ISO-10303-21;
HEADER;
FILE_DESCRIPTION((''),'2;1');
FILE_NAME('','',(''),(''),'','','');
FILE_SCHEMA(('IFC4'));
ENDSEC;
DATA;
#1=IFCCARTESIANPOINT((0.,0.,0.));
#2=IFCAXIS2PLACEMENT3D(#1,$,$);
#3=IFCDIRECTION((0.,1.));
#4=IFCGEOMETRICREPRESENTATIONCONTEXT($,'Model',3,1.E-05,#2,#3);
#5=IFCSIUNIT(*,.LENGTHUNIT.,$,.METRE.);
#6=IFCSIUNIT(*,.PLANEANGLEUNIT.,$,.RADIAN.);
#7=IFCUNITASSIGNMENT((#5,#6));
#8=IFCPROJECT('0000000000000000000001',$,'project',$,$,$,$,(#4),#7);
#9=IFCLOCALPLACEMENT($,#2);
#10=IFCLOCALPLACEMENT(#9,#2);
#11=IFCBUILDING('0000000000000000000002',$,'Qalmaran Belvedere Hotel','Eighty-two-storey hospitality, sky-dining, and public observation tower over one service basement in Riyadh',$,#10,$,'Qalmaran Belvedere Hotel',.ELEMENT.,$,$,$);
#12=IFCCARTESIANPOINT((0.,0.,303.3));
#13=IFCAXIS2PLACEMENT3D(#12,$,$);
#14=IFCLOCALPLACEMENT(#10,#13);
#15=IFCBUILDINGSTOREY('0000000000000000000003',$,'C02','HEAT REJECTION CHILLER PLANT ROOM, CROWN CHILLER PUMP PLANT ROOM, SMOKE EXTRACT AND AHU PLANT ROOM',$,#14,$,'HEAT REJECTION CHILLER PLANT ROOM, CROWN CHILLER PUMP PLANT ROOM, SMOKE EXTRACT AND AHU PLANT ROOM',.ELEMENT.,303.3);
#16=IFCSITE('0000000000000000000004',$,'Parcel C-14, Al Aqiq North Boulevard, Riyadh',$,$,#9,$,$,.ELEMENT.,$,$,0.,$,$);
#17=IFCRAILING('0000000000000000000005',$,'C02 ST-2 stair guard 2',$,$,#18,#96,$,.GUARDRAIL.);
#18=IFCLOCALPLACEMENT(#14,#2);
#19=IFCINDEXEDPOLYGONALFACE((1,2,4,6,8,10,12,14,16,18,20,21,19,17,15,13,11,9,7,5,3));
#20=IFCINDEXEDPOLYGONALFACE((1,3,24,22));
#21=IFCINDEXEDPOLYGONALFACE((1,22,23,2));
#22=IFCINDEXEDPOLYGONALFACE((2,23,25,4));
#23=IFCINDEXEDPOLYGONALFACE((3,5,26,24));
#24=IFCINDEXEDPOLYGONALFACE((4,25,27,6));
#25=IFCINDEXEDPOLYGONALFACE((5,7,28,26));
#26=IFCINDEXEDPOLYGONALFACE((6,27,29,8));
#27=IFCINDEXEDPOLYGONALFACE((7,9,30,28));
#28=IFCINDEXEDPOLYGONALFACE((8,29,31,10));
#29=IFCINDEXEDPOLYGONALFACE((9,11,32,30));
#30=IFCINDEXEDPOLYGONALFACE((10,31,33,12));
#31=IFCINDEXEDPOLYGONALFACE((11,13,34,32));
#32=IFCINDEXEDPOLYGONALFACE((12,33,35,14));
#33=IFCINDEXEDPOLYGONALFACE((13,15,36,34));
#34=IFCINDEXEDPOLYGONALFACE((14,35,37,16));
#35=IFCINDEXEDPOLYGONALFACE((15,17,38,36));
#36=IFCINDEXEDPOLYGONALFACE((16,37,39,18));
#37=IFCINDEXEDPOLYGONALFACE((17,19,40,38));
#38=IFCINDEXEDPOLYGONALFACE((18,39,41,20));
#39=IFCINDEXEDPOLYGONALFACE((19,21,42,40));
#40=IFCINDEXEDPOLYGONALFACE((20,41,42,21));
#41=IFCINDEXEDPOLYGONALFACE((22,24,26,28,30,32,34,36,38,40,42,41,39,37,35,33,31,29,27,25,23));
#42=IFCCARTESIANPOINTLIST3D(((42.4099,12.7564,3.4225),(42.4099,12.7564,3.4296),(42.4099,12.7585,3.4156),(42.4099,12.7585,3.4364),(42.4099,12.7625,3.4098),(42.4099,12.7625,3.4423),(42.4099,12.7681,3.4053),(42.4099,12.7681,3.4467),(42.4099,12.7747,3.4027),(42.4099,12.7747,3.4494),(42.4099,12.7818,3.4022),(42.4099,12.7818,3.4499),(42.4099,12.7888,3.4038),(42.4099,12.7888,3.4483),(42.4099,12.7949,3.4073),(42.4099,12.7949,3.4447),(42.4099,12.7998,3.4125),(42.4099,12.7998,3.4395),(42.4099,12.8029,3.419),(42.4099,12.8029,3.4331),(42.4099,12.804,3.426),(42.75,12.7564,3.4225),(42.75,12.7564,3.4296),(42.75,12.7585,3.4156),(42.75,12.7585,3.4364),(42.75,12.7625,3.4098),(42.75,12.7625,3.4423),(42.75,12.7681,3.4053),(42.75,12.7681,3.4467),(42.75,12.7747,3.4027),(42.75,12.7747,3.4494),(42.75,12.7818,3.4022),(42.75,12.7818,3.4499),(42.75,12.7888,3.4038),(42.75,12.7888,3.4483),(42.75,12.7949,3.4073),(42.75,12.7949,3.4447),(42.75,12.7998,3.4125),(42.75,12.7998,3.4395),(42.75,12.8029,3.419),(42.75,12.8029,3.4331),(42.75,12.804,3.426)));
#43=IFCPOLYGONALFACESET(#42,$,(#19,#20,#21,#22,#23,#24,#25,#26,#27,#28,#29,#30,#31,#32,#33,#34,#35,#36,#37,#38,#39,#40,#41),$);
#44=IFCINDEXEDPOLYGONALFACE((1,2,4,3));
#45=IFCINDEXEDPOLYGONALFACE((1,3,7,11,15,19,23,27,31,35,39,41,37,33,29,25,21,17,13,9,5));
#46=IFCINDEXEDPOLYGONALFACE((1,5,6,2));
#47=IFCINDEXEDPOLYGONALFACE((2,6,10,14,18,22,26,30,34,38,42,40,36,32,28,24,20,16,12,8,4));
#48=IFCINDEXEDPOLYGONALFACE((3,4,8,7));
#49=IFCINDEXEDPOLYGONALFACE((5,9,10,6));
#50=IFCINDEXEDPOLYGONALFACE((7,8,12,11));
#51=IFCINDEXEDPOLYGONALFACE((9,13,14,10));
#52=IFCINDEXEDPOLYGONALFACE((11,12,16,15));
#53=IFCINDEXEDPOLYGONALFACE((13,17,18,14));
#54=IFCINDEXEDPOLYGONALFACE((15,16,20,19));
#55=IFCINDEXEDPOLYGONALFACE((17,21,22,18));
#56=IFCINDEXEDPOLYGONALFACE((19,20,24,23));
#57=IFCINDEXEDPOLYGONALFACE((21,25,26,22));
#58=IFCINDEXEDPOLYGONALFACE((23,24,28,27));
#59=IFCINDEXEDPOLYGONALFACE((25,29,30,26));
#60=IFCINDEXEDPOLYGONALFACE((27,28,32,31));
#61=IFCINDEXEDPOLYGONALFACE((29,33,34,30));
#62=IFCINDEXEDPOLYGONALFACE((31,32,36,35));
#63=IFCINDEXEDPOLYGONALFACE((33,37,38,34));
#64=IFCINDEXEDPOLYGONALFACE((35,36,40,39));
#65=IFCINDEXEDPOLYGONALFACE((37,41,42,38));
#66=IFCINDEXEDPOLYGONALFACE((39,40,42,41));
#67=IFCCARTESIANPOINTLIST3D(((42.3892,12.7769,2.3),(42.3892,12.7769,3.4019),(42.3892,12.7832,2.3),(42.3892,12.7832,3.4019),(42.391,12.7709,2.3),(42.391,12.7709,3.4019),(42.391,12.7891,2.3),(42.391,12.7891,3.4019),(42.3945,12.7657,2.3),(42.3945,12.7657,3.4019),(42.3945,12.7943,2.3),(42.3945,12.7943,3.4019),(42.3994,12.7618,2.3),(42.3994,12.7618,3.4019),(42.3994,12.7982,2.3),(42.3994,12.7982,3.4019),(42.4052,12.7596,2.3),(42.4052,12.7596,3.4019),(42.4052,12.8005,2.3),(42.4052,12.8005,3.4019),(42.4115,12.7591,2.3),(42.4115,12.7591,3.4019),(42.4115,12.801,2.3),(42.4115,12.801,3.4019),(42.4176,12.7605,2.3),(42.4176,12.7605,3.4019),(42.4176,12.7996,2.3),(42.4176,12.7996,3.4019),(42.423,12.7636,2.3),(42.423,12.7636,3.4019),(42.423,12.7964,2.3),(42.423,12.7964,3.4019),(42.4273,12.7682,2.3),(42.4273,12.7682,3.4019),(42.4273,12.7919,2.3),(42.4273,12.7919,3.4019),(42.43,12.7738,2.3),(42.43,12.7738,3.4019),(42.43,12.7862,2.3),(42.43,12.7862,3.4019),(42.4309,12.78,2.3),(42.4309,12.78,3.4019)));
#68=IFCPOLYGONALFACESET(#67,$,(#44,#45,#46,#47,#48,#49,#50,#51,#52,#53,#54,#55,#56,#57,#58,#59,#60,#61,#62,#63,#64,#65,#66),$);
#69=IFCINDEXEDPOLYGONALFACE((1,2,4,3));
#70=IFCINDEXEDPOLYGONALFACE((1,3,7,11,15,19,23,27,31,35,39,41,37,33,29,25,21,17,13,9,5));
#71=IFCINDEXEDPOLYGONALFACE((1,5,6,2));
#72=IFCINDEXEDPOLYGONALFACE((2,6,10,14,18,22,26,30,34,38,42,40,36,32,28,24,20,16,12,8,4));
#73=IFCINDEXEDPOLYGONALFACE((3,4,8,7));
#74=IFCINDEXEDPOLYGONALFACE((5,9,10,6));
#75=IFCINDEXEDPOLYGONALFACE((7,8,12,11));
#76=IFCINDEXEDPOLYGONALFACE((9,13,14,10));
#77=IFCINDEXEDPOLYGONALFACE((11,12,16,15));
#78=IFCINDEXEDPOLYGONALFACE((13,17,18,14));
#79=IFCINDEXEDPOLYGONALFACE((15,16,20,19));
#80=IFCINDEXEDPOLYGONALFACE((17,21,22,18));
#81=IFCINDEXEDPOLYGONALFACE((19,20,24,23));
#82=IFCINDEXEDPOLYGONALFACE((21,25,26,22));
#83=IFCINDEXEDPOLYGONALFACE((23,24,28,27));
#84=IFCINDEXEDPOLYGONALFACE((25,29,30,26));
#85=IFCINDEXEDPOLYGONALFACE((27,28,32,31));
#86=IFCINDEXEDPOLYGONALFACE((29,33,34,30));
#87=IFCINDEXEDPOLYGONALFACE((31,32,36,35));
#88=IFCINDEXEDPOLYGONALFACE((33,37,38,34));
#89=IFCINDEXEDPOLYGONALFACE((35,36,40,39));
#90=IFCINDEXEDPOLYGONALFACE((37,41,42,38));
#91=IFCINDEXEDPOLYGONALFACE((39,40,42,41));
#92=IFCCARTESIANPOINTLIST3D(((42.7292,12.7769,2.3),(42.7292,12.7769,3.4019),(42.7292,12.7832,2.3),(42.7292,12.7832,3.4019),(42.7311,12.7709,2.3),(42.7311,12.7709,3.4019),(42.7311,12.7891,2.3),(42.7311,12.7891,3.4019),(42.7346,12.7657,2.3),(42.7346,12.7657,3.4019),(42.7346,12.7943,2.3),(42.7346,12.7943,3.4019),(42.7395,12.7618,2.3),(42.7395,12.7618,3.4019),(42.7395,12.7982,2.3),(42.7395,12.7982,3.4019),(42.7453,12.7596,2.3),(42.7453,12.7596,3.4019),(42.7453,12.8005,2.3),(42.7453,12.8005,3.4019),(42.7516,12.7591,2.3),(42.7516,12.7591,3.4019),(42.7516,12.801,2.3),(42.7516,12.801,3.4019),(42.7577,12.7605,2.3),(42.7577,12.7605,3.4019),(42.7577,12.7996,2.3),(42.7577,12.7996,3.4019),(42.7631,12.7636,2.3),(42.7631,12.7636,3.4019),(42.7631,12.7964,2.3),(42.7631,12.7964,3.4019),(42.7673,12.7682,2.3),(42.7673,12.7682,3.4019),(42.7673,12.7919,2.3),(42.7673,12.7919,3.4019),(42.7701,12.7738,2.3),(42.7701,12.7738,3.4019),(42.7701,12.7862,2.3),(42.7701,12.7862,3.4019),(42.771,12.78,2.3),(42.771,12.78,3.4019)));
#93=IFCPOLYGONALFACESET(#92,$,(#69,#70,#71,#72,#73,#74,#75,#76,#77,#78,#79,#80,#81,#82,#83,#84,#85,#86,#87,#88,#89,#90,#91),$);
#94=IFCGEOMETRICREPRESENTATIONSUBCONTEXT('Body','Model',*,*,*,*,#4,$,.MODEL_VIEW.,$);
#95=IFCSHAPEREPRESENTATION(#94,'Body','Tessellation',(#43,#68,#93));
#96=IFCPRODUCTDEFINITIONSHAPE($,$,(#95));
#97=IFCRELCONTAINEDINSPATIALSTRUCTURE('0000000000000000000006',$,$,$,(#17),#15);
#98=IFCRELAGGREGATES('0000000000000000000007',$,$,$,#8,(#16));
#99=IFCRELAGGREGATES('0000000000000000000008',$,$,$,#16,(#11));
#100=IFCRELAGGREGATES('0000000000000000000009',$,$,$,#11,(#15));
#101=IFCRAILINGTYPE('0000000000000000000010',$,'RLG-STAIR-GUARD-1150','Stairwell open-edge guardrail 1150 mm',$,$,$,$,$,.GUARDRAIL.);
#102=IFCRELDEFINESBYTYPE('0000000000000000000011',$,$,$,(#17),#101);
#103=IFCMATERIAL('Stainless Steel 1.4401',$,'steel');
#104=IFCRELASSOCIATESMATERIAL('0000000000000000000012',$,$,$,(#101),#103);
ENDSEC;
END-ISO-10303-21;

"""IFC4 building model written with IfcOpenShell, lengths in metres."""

from ifc_helpers import new_model, si_unit, direction, frame, origin, origin_2d, place, context, subcontext, project, spatial, circle, extrude, material, type_object, element, save


model = new_model("IFC4")

# Units and contexts
model_context = context("Model", 3, precision=1e-05, world=origin(), true_north=direction((0.0, 1.0)))
body_context = subcontext(model_context, "Body", "Model", "MODEL_VIEW")
ifc_project = project(units=[si_unit("LENGTHUNIT", "METRE"), si_unit("PLANEANGLEUNIT", "RADIAN")], contexts=[model_context])

# Site, building, storey
site_placement = place(None, origin())
site = spatial("IfcSite", under=ifc_project, at=site_placement, Name="Parcel C-14, Al Aqiq North Boulevard, Riyadh", CompositionType="ELEMENT", RefElevation=0.0)
building_placement = place(site_placement, origin())
building = spatial("IfcBuilding", under=site, at=building_placement, Name="Qalmaran Belvedere Hotel", Description="Eighty-two-storey hospitality, sky-dining, and public observation tower over one service basement in Riyadh", LongName="Qalmaran Belvedere Hotel", CompositionType="ELEMENT")
storey_placement = place(building_placement, frame((0.0, 0.0, 303.3)))
storey = spatial("IfcBuildingStorey", under=building, at=storey_placement, Name="C02", Description="HEAT REJECTION CHILLER PLANT ROOM, CROWN CHILLER PUMP PLANT ROOM, SMOKE EXTRACT AND AHU PLANT ROOM", LongName="HEAT REJECTION CHILLER PLANT ROOM, CROWN CHILLER PUMP PLANT ROOM, SMOKE EXTRACT AND AHU PLANT ROOM", CompositionType="ELEMENT", Elevation=303.3)

# Railing
ifc_material_1 = material(Name="Stainless Steel 1.4401", Category="steel")
railing_type_1 = type_object("IfcRailingType", Name="RLG-STAIR-GUARD-1150", Description="Stairwell open-edge guardrail 1150 mm", PredefinedType="GUARDRAIL", material=ifc_material_1)
railing_1_placement = place(storey_placement, frame((42.4099, 12.78, 2.3)))
element("IfcRailing", 1, at=railing_1_placement, inside=storey, type_object=railing_type_1, Name="C02 ST-2 stair guard 2", PredefinedType="GUARDRAIL", context=body_context, shape_type="SweptSolid", body=[
    extrude(circle(Radius=0.0239, at=origin_2d()), frame((0.0, 0.0, 1.126), z_axis=(1.0, 0.0, 0.0), x_axis=(0.0, 1.0, 0.0)), (0.0, 0.0, 1.0), 0.3401),
    extrude(circle(Radius=0.021, at=origin_2d()), origin(), (0.0, 0.0, 1.0), 1.1018),
    extrude(circle(Radius=0.021, at=origin_2d()), frame((0.3401, 0.0, 0.0)), (0.0, 0.0, 1.0), 1.1018),
])

save(model, "model.ifc")
